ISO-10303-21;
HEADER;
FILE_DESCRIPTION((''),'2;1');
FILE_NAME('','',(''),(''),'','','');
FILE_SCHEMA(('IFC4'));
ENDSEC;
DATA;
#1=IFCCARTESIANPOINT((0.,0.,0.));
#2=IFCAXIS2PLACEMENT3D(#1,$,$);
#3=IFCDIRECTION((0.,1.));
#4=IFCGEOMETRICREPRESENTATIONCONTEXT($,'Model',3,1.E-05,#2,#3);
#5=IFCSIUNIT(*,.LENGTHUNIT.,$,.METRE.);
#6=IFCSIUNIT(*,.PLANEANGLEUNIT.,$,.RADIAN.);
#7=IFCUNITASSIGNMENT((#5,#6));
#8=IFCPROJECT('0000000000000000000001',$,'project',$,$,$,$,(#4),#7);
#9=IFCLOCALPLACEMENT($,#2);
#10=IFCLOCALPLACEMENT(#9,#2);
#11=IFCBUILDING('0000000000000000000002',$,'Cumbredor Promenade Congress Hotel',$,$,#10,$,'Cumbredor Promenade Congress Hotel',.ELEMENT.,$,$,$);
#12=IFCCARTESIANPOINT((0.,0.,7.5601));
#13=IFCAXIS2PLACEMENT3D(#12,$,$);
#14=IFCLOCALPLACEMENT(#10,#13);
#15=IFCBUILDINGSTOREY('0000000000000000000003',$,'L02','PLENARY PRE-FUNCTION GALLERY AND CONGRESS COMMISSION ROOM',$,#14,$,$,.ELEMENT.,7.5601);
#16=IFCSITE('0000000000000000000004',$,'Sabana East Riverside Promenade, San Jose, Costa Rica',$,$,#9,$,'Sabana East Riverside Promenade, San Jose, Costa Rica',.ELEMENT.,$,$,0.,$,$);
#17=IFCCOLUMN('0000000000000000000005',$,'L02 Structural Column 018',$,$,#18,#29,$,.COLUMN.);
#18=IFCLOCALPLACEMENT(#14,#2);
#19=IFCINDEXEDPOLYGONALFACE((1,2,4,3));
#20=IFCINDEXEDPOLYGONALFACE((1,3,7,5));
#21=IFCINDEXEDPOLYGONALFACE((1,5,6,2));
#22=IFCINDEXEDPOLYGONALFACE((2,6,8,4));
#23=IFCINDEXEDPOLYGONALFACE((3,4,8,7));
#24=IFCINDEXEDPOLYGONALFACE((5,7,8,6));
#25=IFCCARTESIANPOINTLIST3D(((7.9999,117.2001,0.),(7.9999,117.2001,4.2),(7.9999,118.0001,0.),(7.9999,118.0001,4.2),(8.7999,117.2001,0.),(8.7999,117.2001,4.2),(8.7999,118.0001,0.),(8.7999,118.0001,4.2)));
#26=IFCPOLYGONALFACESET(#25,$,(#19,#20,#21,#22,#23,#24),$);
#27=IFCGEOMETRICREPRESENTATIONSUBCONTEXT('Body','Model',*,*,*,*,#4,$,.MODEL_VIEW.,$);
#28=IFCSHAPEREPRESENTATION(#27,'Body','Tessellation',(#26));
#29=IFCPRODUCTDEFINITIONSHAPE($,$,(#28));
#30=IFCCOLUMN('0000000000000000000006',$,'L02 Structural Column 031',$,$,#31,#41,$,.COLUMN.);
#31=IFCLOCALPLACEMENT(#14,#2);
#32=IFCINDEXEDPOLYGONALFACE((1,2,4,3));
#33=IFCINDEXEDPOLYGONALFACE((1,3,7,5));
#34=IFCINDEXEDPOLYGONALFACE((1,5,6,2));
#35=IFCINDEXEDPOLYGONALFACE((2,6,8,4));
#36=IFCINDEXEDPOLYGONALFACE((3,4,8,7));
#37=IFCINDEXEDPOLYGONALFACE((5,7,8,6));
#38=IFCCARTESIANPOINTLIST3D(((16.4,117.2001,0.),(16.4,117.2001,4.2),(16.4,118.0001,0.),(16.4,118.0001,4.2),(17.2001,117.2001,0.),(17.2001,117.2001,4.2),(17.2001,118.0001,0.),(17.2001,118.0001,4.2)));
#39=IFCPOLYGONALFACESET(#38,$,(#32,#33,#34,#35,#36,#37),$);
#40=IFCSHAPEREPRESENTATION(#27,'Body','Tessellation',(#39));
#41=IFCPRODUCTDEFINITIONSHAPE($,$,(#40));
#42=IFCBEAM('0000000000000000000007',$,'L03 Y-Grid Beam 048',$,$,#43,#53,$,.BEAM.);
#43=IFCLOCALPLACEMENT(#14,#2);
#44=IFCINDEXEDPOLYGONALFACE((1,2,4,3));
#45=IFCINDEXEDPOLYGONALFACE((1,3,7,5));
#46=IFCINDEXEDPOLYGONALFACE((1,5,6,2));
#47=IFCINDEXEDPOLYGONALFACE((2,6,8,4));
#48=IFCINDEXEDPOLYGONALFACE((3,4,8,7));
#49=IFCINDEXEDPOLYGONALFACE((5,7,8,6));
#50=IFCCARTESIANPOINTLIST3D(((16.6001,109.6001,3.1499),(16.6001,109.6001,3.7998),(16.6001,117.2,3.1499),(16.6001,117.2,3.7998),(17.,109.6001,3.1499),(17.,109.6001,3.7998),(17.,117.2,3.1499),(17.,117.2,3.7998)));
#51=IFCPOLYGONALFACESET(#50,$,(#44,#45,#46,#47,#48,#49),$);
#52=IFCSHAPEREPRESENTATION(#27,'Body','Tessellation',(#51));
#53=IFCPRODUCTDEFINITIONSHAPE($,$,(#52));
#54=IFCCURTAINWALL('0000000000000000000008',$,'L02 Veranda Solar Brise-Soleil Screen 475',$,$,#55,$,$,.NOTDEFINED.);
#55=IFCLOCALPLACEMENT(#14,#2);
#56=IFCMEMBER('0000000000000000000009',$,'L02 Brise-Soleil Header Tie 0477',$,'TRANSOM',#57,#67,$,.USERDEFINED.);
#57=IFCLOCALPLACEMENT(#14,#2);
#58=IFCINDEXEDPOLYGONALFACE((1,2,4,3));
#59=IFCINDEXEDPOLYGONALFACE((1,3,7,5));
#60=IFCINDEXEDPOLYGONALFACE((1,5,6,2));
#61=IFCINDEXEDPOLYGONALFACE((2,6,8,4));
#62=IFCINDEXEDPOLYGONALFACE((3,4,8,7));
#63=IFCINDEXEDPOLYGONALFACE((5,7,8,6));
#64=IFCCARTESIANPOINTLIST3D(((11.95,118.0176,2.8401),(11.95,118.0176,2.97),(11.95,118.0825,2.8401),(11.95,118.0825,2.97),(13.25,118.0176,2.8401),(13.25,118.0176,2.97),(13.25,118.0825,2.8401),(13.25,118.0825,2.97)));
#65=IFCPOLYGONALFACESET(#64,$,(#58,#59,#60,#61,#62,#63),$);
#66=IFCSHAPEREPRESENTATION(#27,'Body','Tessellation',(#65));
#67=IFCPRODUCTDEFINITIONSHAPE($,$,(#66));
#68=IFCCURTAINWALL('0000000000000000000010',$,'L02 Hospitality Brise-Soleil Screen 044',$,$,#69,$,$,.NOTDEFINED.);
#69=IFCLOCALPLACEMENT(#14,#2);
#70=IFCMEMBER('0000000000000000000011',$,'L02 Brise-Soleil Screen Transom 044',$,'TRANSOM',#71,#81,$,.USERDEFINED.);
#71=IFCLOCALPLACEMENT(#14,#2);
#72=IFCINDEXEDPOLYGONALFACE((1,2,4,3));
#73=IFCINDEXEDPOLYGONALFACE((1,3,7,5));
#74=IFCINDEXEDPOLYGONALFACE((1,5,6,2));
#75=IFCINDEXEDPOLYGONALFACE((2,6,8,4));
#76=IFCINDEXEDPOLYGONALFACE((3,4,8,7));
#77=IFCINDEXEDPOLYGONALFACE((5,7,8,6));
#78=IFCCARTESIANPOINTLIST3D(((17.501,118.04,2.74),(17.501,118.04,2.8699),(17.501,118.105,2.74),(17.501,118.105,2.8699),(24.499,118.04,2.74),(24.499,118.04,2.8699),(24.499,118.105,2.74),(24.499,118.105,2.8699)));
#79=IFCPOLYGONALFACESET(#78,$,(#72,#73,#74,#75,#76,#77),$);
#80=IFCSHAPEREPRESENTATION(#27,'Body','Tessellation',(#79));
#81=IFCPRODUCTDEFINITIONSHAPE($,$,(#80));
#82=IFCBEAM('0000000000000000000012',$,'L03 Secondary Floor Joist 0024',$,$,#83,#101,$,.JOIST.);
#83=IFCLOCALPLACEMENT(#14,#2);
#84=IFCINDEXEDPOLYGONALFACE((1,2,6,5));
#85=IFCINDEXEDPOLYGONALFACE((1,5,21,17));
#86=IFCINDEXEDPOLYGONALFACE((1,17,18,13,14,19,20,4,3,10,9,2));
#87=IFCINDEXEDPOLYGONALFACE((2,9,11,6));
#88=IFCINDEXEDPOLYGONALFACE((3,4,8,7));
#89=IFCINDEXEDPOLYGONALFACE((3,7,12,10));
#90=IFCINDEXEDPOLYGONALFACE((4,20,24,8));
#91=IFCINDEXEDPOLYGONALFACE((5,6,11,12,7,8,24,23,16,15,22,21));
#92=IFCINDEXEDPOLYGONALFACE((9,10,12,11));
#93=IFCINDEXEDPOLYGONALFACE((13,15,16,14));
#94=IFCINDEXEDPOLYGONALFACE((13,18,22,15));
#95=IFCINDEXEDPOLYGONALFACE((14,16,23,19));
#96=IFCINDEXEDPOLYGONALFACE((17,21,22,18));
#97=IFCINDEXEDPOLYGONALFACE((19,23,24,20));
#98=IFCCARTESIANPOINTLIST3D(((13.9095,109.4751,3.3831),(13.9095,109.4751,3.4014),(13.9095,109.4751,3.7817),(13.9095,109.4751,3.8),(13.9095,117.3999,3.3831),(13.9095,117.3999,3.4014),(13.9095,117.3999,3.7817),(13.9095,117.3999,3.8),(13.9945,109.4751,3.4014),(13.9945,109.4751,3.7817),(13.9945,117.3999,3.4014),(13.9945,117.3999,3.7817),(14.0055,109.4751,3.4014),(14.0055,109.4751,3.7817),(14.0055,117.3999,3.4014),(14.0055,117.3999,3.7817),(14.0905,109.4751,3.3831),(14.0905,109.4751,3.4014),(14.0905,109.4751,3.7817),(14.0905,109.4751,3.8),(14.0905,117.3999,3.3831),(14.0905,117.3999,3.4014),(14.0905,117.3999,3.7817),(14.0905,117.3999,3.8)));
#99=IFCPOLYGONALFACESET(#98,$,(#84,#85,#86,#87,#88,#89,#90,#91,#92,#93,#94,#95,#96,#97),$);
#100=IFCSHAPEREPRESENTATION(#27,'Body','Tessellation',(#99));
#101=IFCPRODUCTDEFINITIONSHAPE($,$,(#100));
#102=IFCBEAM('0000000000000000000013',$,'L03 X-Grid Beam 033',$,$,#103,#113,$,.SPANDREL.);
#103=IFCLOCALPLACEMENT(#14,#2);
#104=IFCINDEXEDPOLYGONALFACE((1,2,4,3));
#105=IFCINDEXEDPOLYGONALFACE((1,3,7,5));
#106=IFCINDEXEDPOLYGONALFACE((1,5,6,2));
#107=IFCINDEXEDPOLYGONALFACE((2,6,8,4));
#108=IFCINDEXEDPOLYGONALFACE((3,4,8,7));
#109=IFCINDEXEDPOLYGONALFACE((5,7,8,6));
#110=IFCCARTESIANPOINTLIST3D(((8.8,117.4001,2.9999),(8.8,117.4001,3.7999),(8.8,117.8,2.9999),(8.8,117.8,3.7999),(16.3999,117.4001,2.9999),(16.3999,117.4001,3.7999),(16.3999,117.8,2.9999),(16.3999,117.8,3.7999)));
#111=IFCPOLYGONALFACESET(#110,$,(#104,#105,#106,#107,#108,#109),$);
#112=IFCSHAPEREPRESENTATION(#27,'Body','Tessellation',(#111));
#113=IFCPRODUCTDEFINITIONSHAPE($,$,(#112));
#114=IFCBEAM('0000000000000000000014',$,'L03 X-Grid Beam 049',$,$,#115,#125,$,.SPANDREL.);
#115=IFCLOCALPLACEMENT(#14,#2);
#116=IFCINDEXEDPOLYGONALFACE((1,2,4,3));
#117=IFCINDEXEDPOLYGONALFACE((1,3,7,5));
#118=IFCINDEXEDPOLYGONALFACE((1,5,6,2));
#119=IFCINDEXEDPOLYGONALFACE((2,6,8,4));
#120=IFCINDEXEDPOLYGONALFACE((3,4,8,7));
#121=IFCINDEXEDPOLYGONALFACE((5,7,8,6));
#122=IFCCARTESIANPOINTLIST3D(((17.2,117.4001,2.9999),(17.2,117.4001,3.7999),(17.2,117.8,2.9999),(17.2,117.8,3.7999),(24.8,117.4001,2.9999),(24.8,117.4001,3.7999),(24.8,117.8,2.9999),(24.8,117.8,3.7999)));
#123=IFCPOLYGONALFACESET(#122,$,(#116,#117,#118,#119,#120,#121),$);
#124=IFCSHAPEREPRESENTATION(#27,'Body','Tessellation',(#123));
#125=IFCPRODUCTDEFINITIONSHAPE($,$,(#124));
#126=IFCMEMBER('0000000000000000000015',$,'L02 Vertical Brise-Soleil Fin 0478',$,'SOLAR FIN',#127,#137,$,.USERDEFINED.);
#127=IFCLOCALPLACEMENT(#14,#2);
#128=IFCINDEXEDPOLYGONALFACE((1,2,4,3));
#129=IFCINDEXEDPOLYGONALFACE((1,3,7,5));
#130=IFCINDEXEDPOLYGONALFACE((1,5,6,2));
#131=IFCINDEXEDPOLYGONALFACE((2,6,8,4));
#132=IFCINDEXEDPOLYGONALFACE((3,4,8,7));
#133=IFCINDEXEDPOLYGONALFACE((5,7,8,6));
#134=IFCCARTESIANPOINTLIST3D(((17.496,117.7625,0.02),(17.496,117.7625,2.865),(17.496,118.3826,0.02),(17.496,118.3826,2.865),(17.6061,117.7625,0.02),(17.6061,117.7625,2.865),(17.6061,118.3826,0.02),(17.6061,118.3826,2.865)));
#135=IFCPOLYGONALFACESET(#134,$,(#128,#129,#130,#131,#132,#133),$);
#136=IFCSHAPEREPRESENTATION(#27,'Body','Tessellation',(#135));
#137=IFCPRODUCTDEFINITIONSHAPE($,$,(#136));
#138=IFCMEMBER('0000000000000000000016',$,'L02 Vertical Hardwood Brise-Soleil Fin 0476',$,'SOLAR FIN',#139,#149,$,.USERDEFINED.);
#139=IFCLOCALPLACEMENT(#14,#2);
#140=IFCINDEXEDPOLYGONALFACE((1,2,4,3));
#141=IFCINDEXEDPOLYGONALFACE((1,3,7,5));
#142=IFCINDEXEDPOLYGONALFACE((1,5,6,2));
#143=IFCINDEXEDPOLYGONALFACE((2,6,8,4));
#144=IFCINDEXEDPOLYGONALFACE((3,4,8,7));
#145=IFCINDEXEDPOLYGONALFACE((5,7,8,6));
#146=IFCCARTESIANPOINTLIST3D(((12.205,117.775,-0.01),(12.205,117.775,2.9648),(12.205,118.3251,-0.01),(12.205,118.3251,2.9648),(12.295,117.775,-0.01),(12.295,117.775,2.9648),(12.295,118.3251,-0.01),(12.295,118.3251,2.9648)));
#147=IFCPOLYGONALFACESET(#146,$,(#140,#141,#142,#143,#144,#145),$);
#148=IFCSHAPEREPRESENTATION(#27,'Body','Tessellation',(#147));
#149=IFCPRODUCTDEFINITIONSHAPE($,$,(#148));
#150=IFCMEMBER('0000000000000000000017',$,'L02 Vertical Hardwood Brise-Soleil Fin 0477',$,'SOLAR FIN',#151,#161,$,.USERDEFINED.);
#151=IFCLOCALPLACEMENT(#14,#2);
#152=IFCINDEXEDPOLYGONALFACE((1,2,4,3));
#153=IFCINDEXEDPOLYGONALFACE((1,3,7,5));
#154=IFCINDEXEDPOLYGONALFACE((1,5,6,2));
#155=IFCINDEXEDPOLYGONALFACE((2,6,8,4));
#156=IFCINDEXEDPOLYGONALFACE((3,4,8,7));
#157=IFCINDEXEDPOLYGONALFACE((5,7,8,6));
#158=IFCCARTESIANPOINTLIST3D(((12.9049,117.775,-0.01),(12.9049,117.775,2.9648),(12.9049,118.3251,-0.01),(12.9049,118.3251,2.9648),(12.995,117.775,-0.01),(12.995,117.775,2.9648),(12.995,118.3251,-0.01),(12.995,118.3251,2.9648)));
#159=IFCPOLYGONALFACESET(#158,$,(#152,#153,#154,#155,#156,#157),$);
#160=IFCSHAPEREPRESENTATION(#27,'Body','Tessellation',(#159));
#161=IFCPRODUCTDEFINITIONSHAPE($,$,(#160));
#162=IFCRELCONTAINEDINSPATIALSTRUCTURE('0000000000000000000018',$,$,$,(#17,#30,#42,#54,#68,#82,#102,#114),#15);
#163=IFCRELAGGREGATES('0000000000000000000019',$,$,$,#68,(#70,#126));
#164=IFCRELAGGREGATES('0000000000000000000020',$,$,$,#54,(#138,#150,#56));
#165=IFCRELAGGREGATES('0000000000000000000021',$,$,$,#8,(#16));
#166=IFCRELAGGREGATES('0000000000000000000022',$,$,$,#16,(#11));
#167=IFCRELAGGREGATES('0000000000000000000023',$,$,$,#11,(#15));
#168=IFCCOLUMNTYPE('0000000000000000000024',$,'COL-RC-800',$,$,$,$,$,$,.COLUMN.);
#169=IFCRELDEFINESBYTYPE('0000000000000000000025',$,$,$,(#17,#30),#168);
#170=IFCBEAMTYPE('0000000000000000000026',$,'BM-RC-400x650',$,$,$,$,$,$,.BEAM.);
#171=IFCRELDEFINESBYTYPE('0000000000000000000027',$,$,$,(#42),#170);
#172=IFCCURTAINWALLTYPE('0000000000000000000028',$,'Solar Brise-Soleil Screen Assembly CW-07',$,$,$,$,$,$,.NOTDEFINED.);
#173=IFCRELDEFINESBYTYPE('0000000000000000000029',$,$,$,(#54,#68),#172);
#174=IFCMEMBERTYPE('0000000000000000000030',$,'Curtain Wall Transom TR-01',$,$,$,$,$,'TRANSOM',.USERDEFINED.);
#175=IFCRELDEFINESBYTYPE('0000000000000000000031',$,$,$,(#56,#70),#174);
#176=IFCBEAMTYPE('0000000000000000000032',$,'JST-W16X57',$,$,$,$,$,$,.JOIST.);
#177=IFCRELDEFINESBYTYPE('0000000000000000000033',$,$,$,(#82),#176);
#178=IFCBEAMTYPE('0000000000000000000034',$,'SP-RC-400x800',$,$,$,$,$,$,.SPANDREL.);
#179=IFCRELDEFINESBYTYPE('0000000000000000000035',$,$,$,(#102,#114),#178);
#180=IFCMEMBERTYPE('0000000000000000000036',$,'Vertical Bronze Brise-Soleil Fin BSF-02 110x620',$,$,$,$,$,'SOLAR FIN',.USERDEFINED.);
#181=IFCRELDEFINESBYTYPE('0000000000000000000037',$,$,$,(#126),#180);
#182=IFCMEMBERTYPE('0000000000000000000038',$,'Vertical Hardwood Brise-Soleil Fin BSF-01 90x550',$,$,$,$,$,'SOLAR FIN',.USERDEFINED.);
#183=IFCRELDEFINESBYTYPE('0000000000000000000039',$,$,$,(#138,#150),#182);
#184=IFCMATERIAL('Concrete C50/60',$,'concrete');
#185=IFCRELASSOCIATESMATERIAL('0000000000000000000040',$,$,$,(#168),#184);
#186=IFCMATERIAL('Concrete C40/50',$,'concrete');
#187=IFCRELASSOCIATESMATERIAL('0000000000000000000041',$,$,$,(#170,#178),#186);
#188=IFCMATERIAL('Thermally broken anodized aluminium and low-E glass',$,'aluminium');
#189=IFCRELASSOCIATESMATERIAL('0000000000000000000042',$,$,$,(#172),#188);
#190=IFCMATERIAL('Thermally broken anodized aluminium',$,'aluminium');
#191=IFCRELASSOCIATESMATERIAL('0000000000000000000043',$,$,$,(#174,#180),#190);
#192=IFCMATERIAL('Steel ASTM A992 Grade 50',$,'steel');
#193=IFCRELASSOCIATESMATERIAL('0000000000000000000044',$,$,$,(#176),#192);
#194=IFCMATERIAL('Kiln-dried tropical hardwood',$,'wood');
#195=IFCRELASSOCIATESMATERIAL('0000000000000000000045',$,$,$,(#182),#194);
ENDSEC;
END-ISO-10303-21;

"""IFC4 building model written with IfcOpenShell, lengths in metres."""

from ifc_helpers import new_model, si_unit, direction, frame, origin, origin_2d, place, context, subcontext, project, spatial, rectangle, i_section, extrude, material, material_profile, profile_set, type_object, element, aggregate, save


model = new_model("IFC4")

# Units and contexts
model_context = context("Model", 3, precision=1e-05, world=origin(), true_north=direction((0.0, 1.0)))
body_context = subcontext(model_context, "Body", "Model", "MODEL_VIEW")
ifc_project = project(units=[si_unit("LENGTHUNIT", "METRE"), si_unit("PLANEANGLEUNIT", "RADIAN")], contexts=[model_context])

# Site, building, storey
site_placement = place(None, origin())
site = spatial("IfcSite", under=ifc_project, at=site_placement, Name="Sabana East Riverside Promenade, San Jose, Costa Rica", LongName="Sabana East Riverside Promenade, San Jose, Costa Rica", CompositionType="ELEMENT", RefElevation=0.0)
building_placement = place(site_placement, origin())
building = spatial("IfcBuilding", under=site, at=building_placement, Name="Cumbredor Promenade Congress Hotel", LongName="Cumbredor Promenade Congress Hotel", CompositionType="ELEMENT")
storey_placement = place(building_placement, frame((0.0, 0.0, 7.5601)))
storey = spatial("IfcBuildingStorey", under=building, at=storey_placement, Name="L02", Description="PLENARY PRE-FUNCTION GALLERY AND CONGRESS COMMISSION ROOM", CompositionType="ELEMENT", Elevation=7.5601)

# Columns
ifc_material_1 = material(Name="Concrete C50/60", Category="concrete")
ifc_material_profile_1 = material_profile(ifc_material_1, rectangle(XDim=0.8, YDim=0.8, at=origin_2d()), Name="RC 800x800")
ifc_profile_set_1 = profile_set([ifc_material_profile_1], Name="Concrete C50/60")
column_type = type_object("IfcColumnType", Name="COL-RC-800", PredefinedType="COLUMN", material=ifc_profile_set_1)
for number, where, z_axis, x_axis, name in (
    (1, (8.3999, 117.6001, 0.0), (0.0, 0.0, 1.0), (1.0, 0.0, 0.0), "L02 Structural Column 018"),
    (2, (16.8, 117.6001, 0.0), (0.0, 0.0, 1.0), (1.0, 0.0, 0.0), "L02 Structural Column 031"),
):
    element("IfcColumn", number, at=place(storey_placement, frame(where, z_axis=z_axis, x_axis=x_axis)), inside=storey, type_object=column_type, Name=name, PredefinedType="COLUMN", context=body_context, shape_type="SweptSolid", body=[
        extrude(rectangle(XDim=0.8, YDim=0.8, at=origin_2d()), origin(), (0.0, 0.0, 1.0), 4.2),
    ])

# Beam
ifc_material_2 = material(Name="Concrete C40/50", Category="concrete")
ifc_material_profile_2 = material_profile(ifc_material_2, rectangle(XDim=0.3999, YDim=0.6499, at=origin_2d()), Name="RC BEAM 400x650")
ifc_profile_set_2 = profile_set([ifc_material_profile_2], Name="Concrete C40/50")
beam_type_1 = type_object("IfcBeamType", Name="BM-RC-400x650", PredefinedType="BEAM", material=ifc_profile_set_2)
beam_1_placement = place(storey_placement, frame((16.8, 109.6001, 3.4749), z_axis=(0.0, 1.0, 0.0), x_axis=(-1.0, 0.0, 0.0)))
element("IfcBeam", 3, at=beam_1_placement, inside=storey, type_object=beam_type_1, Name="L03 Y-Grid Beam 048", PredefinedType="BEAM", context=body_context, shape_type="SweptSolid", body=[
    extrude(rectangle(XDim=0.3999, YDim=0.6499, at=origin_2d()), origin(), (0.0, 0.0, 1.0), 7.5999),
])

# Curtain walls, members
ifc_material_3 = material(Name="Thermally broken anodized aluminium and low-E glass", Category="aluminium")
curtain_wall_type = type_object("IfcCurtainWallType", Name="Solar Brise-Soleil Screen Assembly CW-07", PredefinedType="NOTDEFINED", material=ifc_material_3)
curtain_wall_1_placement = place(storey_placement, origin())
curtain_wall_1 = element("IfcCurtainWall", 4, at=curtain_wall_1_placement, inside=storey, type_object=curtain_wall_type, Name="L02 Veranda Solar Brise-Soleil Screen 475", PredefinedType="NOTDEFINED")
ifc_material_4 = material(Name="Thermally broken anodized aluminium", Category="aluminium")
ifc_material_profile_3 = material_profile(ifc_material_4, rectangle(XDim=0.0649, YDim=0.1299, at=origin_2d()), Name="ALU TRANSOM 65x130")
ifc_profile_set_3 = profile_set([ifc_material_profile_3], Name="Thermally broken anodized aluminium")
member_type_1 = type_object("IfcMemberType", Name="Curtain Wall Transom TR-01", ElementType="TRANSOM", PredefinedType="USERDEFINED", material=ifc_profile_set_3)
member_1_placement = place(storey_placement, frame((11.95, 118.05, 2.905), z_axis=(1.0, 0.0, 0.0), x_axis=(0.0, 1.0, 0.0)))
member_1 = element("IfcMember", 5, at=member_1_placement, type_object=member_type_1, Name="L02 Brise-Soleil Header Tie 0477", ObjectType="TRANSOM", PredefinedType="USERDEFINED", context=body_context, shape_type="SweptSolid", body=[
    extrude(rectangle(XDim=0.0649, YDim=0.1299, at=origin_2d()), origin(), (0.0, 0.0, 1.0), 1.3),
])
curtain_wall_2_placement = place(storey_placement, origin())
curtain_wall_2 = element("IfcCurtainWall", 6, at=curtain_wall_2_placement, inside=storey, type_object=curtain_wall_type, Name="L02 Hospitality Brise-Soleil Screen 044", PredefinedType="NOTDEFINED")
member_2_placement = place(storey_placement, frame((17.501, 118.0725, 2.8049), z_axis=(1.0, 0.0, 0.0), x_axis=(0.0, 1.0, 0.0)))
member_2 = element("IfcMember", 7, at=member_2_placement, type_object=member_type_1, Name="L02 Brise-Soleil Screen Transom 044", ObjectType="TRANSOM", PredefinedType="USERDEFINED", context=body_context, shape_type="SweptSolid", body=[
    extrude(rectangle(XDim=0.0649, YDim=0.1299, at=origin_2d()), origin(), (0.0, 0.0, 1.0), 6.998),
])

# Beams
ifc_material_5 = material(Name="Steel ASTM A992 Grade 50", Category="steel")
ifc_material_profile_4 = material_profile(ifc_material_5, i_section(OverallWidth=0.1809, OverallDepth=0.417, WebThickness=0.011, FlangeThickness=0.0183, at=origin_2d()), Name="W16X57")
ifc_profile_set_4 = profile_set([ifc_material_profile_4], Name="Steel ASTM A992 Grade 50")
beam_type_2 = type_object("IfcBeamType", Name="JST-W16X57", PredefinedType="JOIST", material=ifc_profile_set_4)
beam_2_placement = place(storey_placement, frame((14.0, 109.4751, 3.5916), z_axis=(0.0, 1.0, 0.0), x_axis=(-1.0, 0.0, 0.0)))
element("IfcBeam", 8, at=beam_2_placement, inside=storey, type_object=beam_type_2, Name="L03 Secondary Floor Joist 0024", PredefinedType="JOIST", context=body_context, shape_type="SweptSolid", body=[
    extrude(i_section(OverallWidth=0.1809, OverallDepth=0.417, WebThickness=0.011, FlangeThickness=0.0183, at=origin_2d()), origin(), (0.0, 0.0, 1.0), 7.9248),
])
ifc_material_profile_5 = material_profile(ifc_material_2, rectangle(XDim=0.3999, YDim=0.8, at=origin_2d()), Name="RC SPANDREL 400x800")
ifc_profile_set_5 = profile_set([ifc_material_profile_5], Name="Concrete C40/50")
beam_type_3 = type_object("IfcBeamType", Name="SP-RC-400x800", PredefinedType="SPANDREL", material=ifc_profile_set_5)
beam_3_placement = place(storey_placement, frame((8.8, 117.6001, 3.3999), z_axis=(1.0, 0.0, 0.0), x_axis=(0.0, 1.0, 0.0)))
element("IfcBeam", 9, at=beam_3_placement, inside=storey, type_object=beam_type_3, Name="L03 X-Grid Beam 033", PredefinedType="SPANDREL", context=body_context, shape_type="SweptSolid", body=[
    extrude(rectangle(XDim=0.3999, YDim=0.8, at=origin_2d()), origin(), (0.0, 0.0, 1.0), 7.5999),
])
beam_4_placement = place(storey_placement, frame((17.2, 117.6001, 3.3999), z_axis=(1.0, 0.0, 0.0), x_axis=(0.0, 1.0, 0.0)))
element("IfcBeam", 10, at=beam_4_placement, inside=storey, type_object=beam_type_3, Name="L03 X-Grid Beam 049", PredefinedType="SPANDREL", context=body_context, shape_type="SweptSolid", body=[
    extrude(rectangle(XDim=0.3999, YDim=0.8, at=origin_2d()), origin(), (0.0, 0.0, 1.0), 7.6001),
])

# Members
ifc_material_profile_6 = material_profile(ifc_material_4, rectangle(XDim=0.1101, YDim=0.6201, at=origin_2d()), Name="ARCH FIN 110x620")
ifc_profile_set_6 = profile_set([ifc_material_profile_6], Name="Thermally broken anodized aluminium")
member_type_2 = type_object("IfcMemberType", Name="Vertical Bronze Brise-Soleil Fin BSF-02 110x620", ElementType="SOLAR FIN", PredefinedType="USERDEFINED", material=ifc_profile_set_6)
member_3_placement = place(storey_placement, frame((17.551, 118.0725, 0.02), z_axis=(0.0, 0.0, 1.0), x_axis=(1.0, 0.0, 0.0)))
member_3 = element("IfcMember", 11, at=member_3_placement, type_object=member_type_2, Name="L02 Vertical Brise-Soleil Fin 0478", ObjectType="SOLAR FIN", PredefinedType="USERDEFINED", context=body_context, shape_type="SweptSolid", body=[
    extrude(rectangle(XDim=0.1101, YDim=0.6201, at=origin_2d()), origin(), (0.0, 0.0, 1.0), 2.845),
])
aggregate(curtain_wall_2, [member_2, member_3])
ifc_material_6 = material(Name="Kiln-dried tropical hardwood", Category="wood")
ifc_material_profile_7 = material_profile(ifc_material_6, rectangle(XDim=0.0901, YDim=0.55, at=origin_2d()), Name="ARCH FIN 90x550")
ifc_profile_set_7 = profile_set([ifc_material_profile_7], Name="Kiln-dried tropical hardwood")
member_type_3 = type_object("IfcMemberType", Name="Vertical Hardwood Brise-Soleil Fin BSF-01 90x550", ElementType="SOLAR FIN", PredefinedType="USERDEFINED", material=ifc_profile_set_7)
member_4_placement = place(storey_placement, frame((12.25, 118.05, -0.01), z_axis=(0.0, 0.0, 1.0), x_axis=(1.0, 0.0, 0.0)))
member_4 = element("IfcMember", 12, at=member_4_placement, type_object=member_type_3, Name="L02 Vertical Hardwood Brise-Soleil Fin 0476", ObjectType="SOLAR FIN", PredefinedType="USERDEFINED", context=body_context, shape_type="SweptSolid", body=[
    extrude(rectangle(XDim=0.0901, YDim=0.55, at=origin_2d()), origin(), (0.0, 0.0, 1.0), 2.9749),
])
member_5_placement = place(storey_placement, frame((12.95, 118.05, -0.01), z_axis=(0.0, 0.0, 1.0), x_axis=(1.0, 0.0, 0.0)))
member_5 = element("IfcMember", 13, at=member_5_placement, type_object=member_type_3, Name="L02 Vertical Hardwood Brise-Soleil Fin 0477", ObjectType="SOLAR FIN", PredefinedType="USERDEFINED", context=body_context, shape_type="SweptSolid", body=[
    extrude(rectangle(XDim=0.0901, YDim=0.55, at=origin_2d()), origin(), (0.0, 0.0, 1.0), 2.9749),
])
aggregate(curtain_wall_1, [member_4, member_5, member_1])

save(model, "model.ifc")
